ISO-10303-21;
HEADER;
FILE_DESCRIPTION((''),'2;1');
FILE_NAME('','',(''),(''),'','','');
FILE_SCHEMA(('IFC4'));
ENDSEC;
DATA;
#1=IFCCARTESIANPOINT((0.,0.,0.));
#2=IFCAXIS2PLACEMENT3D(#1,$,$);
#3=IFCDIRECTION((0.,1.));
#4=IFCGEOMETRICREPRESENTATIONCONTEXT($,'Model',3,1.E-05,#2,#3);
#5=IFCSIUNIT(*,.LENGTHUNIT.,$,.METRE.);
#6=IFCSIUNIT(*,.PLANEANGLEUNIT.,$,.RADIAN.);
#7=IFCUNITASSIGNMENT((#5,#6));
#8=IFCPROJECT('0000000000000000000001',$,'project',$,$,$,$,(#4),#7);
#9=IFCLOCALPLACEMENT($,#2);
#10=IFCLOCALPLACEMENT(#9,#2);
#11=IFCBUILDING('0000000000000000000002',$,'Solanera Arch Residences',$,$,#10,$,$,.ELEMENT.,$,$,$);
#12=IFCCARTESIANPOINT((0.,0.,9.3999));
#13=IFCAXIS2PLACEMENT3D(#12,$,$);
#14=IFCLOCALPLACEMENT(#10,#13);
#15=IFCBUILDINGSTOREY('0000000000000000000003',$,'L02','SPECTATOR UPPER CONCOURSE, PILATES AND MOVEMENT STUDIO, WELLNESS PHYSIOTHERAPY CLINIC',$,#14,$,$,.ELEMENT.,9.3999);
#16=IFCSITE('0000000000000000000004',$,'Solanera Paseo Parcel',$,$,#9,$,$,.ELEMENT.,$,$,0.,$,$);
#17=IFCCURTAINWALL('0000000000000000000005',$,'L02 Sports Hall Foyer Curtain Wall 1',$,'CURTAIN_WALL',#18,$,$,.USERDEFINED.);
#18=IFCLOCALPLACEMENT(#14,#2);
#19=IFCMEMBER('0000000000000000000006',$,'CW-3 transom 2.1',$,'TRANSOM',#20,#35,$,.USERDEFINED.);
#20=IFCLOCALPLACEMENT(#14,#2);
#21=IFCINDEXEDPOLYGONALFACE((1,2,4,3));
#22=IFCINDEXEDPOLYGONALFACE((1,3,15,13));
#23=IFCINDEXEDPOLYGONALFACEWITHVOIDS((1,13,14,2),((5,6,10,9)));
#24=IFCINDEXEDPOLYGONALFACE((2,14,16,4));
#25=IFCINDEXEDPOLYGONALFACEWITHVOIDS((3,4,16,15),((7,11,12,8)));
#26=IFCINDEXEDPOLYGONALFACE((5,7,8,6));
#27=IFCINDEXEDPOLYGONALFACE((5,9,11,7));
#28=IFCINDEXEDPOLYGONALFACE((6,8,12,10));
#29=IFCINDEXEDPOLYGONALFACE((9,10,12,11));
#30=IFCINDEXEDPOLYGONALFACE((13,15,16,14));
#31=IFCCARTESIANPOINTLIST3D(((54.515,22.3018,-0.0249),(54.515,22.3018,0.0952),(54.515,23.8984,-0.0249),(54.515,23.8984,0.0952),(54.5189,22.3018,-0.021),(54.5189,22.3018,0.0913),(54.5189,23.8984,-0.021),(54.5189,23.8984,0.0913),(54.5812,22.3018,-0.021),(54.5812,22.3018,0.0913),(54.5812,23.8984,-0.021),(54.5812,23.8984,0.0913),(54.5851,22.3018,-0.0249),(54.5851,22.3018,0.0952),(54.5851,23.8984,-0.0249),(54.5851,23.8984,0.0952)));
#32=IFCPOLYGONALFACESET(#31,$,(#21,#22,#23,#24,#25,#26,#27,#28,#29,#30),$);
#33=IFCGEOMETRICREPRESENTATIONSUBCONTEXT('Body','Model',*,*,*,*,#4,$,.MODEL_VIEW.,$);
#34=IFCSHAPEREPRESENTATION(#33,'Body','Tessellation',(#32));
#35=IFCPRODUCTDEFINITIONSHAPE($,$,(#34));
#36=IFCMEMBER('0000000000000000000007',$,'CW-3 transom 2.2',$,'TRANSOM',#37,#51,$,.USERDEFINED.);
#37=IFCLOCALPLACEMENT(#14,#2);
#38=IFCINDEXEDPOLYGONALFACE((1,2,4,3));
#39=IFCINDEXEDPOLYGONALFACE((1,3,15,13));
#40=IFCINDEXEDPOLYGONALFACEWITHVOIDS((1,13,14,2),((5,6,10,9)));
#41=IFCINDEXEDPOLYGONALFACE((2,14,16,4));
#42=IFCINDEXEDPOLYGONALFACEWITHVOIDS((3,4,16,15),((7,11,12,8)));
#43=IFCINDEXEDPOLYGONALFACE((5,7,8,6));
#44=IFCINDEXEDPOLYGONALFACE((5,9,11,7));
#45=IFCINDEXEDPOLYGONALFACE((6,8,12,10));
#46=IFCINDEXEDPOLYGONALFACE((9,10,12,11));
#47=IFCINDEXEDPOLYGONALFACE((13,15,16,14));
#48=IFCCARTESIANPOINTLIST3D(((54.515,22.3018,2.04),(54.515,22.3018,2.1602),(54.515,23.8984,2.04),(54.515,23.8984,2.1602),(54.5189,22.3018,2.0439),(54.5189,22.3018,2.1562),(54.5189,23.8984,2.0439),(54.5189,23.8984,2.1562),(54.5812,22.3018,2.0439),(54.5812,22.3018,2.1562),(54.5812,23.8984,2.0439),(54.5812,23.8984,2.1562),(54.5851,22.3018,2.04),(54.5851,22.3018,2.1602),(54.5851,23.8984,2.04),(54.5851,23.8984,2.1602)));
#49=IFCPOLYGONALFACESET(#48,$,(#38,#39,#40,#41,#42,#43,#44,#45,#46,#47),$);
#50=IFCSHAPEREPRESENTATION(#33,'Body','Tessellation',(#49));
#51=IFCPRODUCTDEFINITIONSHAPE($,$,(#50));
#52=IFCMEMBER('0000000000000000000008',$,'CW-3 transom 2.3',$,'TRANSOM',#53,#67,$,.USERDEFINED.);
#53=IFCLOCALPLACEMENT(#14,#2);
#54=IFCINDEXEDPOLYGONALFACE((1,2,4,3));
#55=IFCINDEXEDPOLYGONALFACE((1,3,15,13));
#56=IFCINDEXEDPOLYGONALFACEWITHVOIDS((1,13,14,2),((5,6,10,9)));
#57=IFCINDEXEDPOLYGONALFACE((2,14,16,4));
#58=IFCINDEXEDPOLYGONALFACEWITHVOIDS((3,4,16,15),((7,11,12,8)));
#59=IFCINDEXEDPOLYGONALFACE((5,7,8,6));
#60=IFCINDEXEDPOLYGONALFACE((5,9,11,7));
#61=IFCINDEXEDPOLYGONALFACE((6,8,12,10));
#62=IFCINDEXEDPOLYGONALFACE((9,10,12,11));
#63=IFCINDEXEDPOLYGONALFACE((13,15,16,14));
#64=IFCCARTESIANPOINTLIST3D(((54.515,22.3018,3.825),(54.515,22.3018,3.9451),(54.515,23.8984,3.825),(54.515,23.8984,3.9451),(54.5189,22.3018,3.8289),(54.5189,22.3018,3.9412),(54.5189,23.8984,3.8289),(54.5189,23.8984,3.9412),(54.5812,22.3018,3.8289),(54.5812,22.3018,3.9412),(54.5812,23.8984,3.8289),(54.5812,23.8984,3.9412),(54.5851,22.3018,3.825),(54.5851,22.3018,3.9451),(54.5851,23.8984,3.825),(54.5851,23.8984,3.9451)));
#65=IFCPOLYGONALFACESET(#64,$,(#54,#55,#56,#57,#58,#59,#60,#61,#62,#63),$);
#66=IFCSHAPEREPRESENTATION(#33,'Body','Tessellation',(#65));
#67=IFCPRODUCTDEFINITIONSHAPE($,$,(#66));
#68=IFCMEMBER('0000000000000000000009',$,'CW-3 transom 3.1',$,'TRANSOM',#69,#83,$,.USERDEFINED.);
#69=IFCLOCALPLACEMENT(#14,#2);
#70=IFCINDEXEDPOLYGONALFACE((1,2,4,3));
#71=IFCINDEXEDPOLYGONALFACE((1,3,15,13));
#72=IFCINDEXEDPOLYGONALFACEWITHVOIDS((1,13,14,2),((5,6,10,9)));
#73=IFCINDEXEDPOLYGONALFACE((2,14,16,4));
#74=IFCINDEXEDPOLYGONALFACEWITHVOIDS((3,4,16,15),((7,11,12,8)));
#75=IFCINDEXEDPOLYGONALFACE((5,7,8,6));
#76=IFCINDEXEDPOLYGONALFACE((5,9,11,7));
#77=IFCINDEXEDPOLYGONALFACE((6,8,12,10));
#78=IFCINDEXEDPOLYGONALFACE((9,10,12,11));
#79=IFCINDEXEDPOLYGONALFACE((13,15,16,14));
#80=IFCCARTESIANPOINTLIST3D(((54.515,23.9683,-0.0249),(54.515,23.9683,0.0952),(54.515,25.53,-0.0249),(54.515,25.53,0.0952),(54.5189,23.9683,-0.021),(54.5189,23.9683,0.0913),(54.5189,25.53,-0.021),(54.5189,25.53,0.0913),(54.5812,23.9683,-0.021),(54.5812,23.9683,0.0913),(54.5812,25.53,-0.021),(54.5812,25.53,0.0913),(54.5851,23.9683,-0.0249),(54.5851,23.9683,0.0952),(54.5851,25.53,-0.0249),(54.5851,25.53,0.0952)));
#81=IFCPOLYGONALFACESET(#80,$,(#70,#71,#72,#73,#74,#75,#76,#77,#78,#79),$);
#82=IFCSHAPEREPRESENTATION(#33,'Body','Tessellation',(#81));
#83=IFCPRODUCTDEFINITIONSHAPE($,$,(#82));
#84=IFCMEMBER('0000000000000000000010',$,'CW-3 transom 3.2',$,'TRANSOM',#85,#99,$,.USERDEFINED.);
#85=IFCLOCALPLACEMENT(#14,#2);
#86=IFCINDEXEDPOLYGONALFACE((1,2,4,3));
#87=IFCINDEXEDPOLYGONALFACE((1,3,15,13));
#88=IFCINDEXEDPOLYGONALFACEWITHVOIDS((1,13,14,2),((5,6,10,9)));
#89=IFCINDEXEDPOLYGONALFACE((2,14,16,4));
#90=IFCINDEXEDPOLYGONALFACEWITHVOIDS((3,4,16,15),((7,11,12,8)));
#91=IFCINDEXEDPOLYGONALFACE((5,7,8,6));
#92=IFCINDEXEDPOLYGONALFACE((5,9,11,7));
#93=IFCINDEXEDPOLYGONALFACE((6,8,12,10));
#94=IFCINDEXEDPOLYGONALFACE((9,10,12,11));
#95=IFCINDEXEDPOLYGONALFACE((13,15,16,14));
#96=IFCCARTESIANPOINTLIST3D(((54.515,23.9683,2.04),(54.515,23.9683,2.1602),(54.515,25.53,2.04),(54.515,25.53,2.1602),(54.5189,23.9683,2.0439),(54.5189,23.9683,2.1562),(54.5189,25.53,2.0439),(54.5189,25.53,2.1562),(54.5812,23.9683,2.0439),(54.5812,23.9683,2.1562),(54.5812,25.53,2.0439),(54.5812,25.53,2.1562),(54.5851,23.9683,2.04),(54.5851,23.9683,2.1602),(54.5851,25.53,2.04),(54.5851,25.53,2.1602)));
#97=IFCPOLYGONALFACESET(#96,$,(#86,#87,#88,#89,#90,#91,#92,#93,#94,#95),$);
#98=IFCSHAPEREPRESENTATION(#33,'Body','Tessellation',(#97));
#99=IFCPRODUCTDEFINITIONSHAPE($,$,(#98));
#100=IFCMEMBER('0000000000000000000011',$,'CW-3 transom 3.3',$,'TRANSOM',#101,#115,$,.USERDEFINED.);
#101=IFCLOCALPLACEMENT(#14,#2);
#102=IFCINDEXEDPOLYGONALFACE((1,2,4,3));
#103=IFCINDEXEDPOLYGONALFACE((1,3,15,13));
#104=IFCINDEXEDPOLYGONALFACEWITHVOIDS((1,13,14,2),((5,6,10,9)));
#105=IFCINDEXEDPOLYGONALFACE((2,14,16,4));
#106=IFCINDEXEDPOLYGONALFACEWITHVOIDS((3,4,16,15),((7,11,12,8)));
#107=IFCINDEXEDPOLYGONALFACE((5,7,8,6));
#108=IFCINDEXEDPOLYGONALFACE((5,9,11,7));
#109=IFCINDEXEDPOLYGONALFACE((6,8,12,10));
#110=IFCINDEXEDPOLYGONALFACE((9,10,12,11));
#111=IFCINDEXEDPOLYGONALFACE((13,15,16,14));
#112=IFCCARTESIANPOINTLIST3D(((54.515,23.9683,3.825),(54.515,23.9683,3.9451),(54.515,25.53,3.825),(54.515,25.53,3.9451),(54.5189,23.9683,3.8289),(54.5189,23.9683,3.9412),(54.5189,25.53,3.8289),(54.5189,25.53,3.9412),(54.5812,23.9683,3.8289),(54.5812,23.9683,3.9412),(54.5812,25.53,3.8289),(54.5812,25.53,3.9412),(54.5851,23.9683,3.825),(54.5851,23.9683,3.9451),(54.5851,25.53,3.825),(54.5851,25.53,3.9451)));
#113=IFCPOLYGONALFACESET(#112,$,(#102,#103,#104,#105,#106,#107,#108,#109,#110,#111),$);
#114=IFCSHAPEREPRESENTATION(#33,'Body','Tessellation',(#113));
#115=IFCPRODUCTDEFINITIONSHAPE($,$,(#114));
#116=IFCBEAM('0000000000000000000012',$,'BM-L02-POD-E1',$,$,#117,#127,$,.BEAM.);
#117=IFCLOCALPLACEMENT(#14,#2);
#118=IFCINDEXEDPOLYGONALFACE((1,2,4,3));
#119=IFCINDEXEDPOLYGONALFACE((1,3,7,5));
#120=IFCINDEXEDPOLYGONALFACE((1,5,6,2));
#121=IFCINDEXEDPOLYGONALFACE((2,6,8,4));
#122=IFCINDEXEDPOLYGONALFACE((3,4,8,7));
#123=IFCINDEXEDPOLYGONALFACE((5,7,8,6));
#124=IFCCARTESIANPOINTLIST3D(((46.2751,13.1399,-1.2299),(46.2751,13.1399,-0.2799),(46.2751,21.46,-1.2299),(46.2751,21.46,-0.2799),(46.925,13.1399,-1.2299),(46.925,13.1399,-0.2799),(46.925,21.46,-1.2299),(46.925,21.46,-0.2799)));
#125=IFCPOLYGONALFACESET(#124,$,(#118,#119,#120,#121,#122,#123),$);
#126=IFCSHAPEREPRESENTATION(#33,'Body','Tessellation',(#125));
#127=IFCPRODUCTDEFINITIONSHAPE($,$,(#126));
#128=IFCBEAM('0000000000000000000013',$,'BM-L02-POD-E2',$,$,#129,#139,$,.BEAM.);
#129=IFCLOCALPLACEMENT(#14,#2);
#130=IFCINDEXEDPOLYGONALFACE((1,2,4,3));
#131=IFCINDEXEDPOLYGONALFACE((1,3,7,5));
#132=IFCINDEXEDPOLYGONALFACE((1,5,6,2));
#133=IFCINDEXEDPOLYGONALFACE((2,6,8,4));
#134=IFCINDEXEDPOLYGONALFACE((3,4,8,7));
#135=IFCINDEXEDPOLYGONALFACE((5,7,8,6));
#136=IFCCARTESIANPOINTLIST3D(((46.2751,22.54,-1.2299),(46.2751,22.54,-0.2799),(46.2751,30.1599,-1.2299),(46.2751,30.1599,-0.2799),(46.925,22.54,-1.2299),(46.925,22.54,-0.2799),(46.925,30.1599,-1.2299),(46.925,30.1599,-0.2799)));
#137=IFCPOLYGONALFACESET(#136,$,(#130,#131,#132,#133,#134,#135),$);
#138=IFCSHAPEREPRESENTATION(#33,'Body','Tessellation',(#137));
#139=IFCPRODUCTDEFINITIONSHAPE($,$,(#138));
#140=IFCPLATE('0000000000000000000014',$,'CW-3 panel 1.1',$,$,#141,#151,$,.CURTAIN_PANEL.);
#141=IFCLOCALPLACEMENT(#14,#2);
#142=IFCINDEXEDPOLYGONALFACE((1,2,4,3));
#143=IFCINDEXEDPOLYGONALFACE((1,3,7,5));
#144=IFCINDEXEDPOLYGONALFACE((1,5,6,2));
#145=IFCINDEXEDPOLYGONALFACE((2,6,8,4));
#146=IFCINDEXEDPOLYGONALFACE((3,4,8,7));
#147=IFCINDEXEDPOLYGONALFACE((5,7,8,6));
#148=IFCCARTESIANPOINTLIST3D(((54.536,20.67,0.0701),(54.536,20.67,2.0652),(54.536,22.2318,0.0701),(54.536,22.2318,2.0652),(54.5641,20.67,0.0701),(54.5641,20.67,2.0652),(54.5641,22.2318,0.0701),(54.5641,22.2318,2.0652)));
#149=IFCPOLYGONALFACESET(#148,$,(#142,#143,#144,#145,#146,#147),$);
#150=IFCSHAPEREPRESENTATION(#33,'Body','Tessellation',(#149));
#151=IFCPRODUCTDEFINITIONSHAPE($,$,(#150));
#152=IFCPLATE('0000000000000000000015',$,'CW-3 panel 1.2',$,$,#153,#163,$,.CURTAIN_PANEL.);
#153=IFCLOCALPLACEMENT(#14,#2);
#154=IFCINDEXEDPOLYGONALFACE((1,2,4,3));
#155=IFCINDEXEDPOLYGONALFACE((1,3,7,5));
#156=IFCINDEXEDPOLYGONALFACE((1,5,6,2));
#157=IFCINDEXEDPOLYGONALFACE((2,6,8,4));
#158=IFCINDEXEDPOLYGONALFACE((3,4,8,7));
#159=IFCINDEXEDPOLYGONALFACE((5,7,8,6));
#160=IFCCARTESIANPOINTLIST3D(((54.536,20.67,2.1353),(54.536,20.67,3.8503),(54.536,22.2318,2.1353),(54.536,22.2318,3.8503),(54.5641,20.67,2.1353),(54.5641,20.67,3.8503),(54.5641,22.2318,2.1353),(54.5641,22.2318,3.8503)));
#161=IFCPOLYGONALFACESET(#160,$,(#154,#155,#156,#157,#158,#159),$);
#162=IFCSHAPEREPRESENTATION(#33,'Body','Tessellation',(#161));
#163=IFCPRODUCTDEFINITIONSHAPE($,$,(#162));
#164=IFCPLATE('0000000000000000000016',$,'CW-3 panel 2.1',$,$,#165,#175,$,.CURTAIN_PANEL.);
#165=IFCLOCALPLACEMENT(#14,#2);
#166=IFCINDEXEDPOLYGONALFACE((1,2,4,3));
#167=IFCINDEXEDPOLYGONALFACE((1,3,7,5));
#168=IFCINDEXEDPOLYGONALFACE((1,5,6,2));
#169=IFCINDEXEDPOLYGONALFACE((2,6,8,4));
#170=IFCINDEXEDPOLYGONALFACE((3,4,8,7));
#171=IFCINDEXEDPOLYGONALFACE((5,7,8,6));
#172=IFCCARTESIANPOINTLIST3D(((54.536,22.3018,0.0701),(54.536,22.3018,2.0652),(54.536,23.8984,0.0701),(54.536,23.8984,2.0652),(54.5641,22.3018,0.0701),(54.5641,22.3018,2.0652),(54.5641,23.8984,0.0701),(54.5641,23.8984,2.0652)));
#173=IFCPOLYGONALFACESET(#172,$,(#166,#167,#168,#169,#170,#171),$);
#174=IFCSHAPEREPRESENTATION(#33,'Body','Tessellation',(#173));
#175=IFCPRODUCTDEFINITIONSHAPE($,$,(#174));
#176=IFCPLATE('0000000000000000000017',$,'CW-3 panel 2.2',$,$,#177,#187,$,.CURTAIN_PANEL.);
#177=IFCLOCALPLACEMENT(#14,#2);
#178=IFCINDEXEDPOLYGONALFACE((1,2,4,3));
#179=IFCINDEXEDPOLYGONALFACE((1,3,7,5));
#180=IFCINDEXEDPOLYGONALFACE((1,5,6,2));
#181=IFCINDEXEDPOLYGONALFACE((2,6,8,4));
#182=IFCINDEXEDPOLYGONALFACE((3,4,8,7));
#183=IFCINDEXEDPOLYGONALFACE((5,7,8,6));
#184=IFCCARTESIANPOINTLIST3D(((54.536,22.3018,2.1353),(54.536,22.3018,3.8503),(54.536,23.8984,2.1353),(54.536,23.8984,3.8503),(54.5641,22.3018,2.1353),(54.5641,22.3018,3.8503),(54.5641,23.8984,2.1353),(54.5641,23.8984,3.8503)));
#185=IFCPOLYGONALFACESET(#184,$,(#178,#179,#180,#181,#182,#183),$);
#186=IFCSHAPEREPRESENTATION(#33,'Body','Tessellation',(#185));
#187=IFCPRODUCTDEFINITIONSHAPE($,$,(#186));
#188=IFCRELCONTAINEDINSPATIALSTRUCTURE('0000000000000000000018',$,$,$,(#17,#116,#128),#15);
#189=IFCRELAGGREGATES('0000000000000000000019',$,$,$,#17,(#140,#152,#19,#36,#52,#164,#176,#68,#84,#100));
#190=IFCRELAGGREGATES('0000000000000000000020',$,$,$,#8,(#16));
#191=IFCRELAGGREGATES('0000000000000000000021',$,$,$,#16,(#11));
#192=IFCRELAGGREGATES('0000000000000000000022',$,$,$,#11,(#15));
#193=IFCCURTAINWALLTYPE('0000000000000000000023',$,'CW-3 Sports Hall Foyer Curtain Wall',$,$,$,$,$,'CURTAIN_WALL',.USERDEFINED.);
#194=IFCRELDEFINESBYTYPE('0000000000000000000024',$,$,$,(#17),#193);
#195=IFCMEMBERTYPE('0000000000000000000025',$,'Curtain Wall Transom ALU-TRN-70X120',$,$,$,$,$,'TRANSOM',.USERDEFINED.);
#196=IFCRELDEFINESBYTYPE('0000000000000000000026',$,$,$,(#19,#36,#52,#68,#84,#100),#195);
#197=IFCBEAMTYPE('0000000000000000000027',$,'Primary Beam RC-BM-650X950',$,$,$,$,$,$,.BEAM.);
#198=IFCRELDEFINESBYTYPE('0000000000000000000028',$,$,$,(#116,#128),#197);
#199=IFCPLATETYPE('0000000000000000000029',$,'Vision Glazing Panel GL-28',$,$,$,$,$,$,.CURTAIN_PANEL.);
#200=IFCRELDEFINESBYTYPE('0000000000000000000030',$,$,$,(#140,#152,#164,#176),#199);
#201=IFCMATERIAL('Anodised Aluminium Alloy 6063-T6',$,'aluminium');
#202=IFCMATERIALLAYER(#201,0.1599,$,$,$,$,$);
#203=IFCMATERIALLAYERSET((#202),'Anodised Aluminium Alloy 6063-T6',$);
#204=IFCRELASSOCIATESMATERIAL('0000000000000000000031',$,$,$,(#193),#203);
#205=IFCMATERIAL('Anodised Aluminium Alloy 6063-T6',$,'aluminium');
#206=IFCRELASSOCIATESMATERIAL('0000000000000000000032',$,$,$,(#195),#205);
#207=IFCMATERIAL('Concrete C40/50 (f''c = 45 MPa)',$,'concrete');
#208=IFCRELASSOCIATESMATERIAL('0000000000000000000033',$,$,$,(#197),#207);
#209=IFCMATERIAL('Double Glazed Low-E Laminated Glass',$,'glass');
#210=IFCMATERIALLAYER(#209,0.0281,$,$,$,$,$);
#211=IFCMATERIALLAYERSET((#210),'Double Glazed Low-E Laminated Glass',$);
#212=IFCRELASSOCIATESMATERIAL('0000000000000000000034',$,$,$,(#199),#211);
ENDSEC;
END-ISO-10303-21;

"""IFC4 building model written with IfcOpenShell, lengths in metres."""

from ifc_helpers import new_model, si_unit, direction, frame, origin, origin_2d, place, context, subcontext, project, spatial, rectangle, hollow_rectangle, extrude, material, layer, layer_set, material_profile, profile_set, type_object, element, aggregate, save


model = new_model("IFC4")

# Units and contexts
model_context = context("Model", 3, precision=1e-05, world=origin(), true_north=direction((0.0, 1.0)))
body_context = subcontext(model_context, "Body", "Model", "MODEL_VIEW")
ifc_project = project(units=[si_unit("LENGTHUNIT", "METRE"), si_unit("PLANEANGLEUNIT", "RADIAN")], contexts=[model_context])

# Site, building, storey
site_placement = place(None, origin())
site = spatial("IfcSite", under=ifc_project, at=site_placement, Name="Solanera Paseo Parcel", CompositionType="ELEMENT", RefElevation=0.0)
building_placement = place(site_placement, origin())
building = spatial("IfcBuilding", under=site, at=building_placement, Name="Solanera Arch Residences", CompositionType="ELEMENT")
storey_placement = place(building_placement, frame((0.0, 0.0, 9.3999)))
storey = spatial("IfcBuildingStorey", under=building, at=storey_placement, Name="L02", Description="SPECTATOR UPPER CONCOURSE, PILATES AND MOVEMENT STUDIO, WELLNESS PHYSIOTHERAPY CLINIC", CompositionType="ELEMENT", Elevation=9.3999)

# Curtain wall, members
ifc_material_1 = material(Name="Anodised Aluminium Alloy 6063-T6", Category="aluminium")
ifc_layer_1 = layer(ifc_material_1, 0.1599)
ifc_layer_set_1 = layer_set([ifc_layer_1], Name="Anodised Aluminium Alloy 6063-T6")
curtain_wall_type = type_object("IfcCurtainWallType", Name="CW-3 Sports Hall Foyer Curtain Wall", ElementType="CURTAIN_WALL", PredefinedType="USERDEFINED", material=ifc_layer_set_1)
curtain_wall_placement = place(storey_placement, origin())
curtain_wall = element("IfcCurtainWall", 1, at=curtain_wall_placement, inside=storey, type_object=curtain_wall_type, Name="L02 Sports Hall Foyer Curtain Wall 1", ObjectType="CURTAIN_WALL", PredefinedType="USERDEFINED")
ifc_material_2 = material(Name="Anodised Aluminium Alloy 6063-T6", Category="aluminium")
ifc_material_profile_1 = material_profile(ifc_material_2, hollow_rectangle(XDim=0.0701, YDim=0.1201, WallThickness=0.0039, at=origin_2d()))
ifc_profile_set_1 = profile_set([ifc_material_profile_1], Name="Anodised Aluminium Alloy 6063-T6")
member_type_1 = type_object("IfcMemberType", Name="Curtain Wall Transom ALU-TRN-70X120", ElementType="TRANSOM", PredefinedType="USERDEFINED", material=ifc_profile_set_1)
member_1_placement = place(storey_placement, frame((54.55, 22.3018, 0.0352), z_axis=(0.0, 1.0, 0.0), x_axis=(-1.0, 0.0, 0.0)))
member_1 = element("IfcMember", 2, at=member_1_placement, type_object=member_type_1, Name="CW-3 transom 2.1", ObjectType="TRANSOM", PredefinedType="USERDEFINED", context=body_context, shape_type="SweptSolid", body=[
    extrude(hollow_rectangle(XDim=0.0701, YDim=0.1201, WallThickness=0.0039, at=origin_2d()), origin(), (0.0, 0.0, 1.0), 1.5967),
])
member_2_placement = place(storey_placement, frame((54.55, 22.3018, 2.1001), z_axis=(0.0, 1.0, 0.0), x_axis=(-1.0, 0.0, 0.0)))
member_2 = element("IfcMember", 3, at=member_2_placement, type_object=member_type_1, Name="CW-3 transom 2.2", ObjectType="TRANSOM", PredefinedType="USERDEFINED", context=body_context, shape_type="SweptSolid", body=[
    extrude(hollow_rectangle(XDim=0.0701, YDim=0.1201, WallThickness=0.0039, at=origin_2d()), origin(), (0.0, 0.0, 1.0), 1.5967),
])
member_3_placement = place(storey_placement, frame((54.55, 22.3018, 3.885), z_axis=(0.0, 1.0, 0.0), x_axis=(-1.0, 0.0, 0.0)))
member_3 = element("IfcMember", 4, at=member_3_placement, type_object=member_type_1, Name="CW-3 transom 2.3", ObjectType="TRANSOM", PredefinedType="USERDEFINED", context=body_context, shape_type="SweptSolid", body=[
    extrude(hollow_rectangle(XDim=0.0701, YDim=0.1201, WallThickness=0.0039, at=origin_2d()), origin(), (0.0, 0.0, 1.0), 1.5967),
])
member_4_placement = place(storey_placement, frame((54.55, 23.9683, 0.0352), z_axis=(0.0, 1.0, 0.0), x_axis=(-1.0, 0.0, 0.0)))
member_4 = element("IfcMember", 5, at=member_4_placement, type_object=member_type_1, Name="CW-3 transom 3.1", ObjectType="TRANSOM", PredefinedType="USERDEFINED", context=body_context, shape_type="SweptSolid", body=[
    extrude(hollow_rectangle(XDim=0.0701, YDim=0.1201, WallThickness=0.0039, at=origin_2d()), origin(), (0.0, 0.0, 1.0), 1.5618),
])
member_5_placement = place(storey_placement, frame((54.55, 23.9683, 2.1001), z_axis=(0.0, 1.0, 0.0), x_axis=(-1.0, 0.0, 0.0)))
member_5 = element("IfcMember", 6, at=member_5_placement, type_object=member_type_1, Name="CW-3 transom 3.2", ObjectType="TRANSOM", PredefinedType="USERDEFINED", context=body_context, shape_type="SweptSolid", body=[
    extrude(hollow_rectangle(XDim=0.0701, YDim=0.1201, WallThickness=0.0039, at=origin_2d()), origin(), (0.0, 0.0, 1.0), 1.5618),
])
member_6_placement = place(storey_placement, frame((54.55, 23.9683, 3.885), z_axis=(0.0, 1.0, 0.0), x_axis=(-1.0, 0.0, 0.0)))
member_6 = element("IfcMember", 7, at=member_6_placement, type_object=member_type_1, Name="CW-3 transom 3.3", ObjectType="TRANSOM", PredefinedType="USERDEFINED", context=body_context, shape_type="SweptSolid", body=[
    extrude(hollow_rectangle(XDim=0.0701, YDim=0.1201, WallThickness=0.0039, at=origin_2d()), origin(), (0.0, 0.0, 1.0), 1.5618),
])

# Beams
ifc_material_3 = material(Name="Concrete C40/50 (f'c = 45 MPa)", Category="concrete")
ifc_material_profile_2 = material_profile(ifc_material_3, rectangle(XDim=0.6499, YDim=0.95, at=origin_2d()))
ifc_profile_set_2 = profile_set([ifc_material_profile_2], Name="Concrete C40/50 (f'c = 45 MPa)")
beam_type = type_object("IfcBeamType", Name="Primary Beam RC-BM-650X950", PredefinedType="BEAM", material=ifc_profile_set_2)
beam_1_placement = place(storey_placement, frame((46.6001, 13.1399, -0.7549), z_axis=(0.0, 1.0, 0.0), x_axis=(-1.0, 0.0, 0.0)))
element("IfcBeam", 8, at=beam_1_placement, inside=storey, type_object=beam_type, Name="BM-L02-POD-E1", PredefinedType="BEAM", context=body_context, shape_type="SweptSolid", body=[
    extrude(rectangle(XDim=0.6499, YDim=0.95, at=origin_2d()), origin(), (0.0, 0.0, 1.0), 8.3201),
])
beam_2_placement = place(storey_placement, frame((46.6001, 22.54, -0.7549), z_axis=(0.0, 1.0, 0.0), x_axis=(-1.0, 0.0, 0.0)))
element("IfcBeam", 9, at=beam_2_placement, inside=storey, type_object=beam_type, Name="BM-L02-POD-E2", PredefinedType="BEAM", context=body_context, shape_type="SweptSolid", body=[
    extrude(rectangle(XDim=0.6499, YDim=0.95, at=origin_2d()), origin(), (0.0, 0.0, 1.0), 7.6199),
])

# Plates
ifc_material_4 = material(Name="Double Glazed Low-E Laminated Glass", Category="glass")
ifc_layer_2 = layer(ifc_material_4, 0.0281)
ifc_layer_set_2 = layer_set([ifc_layer_2], Name="Double Glazed Low-E Laminated Glass")
plate_type = type_object("IfcPlateType", Name="Vision Glazing Panel GL-28", PredefinedType="CURTAIN_PANEL", material=ifc_layer_set_2)
plate_1_placement = place(storey_placement, frame((54.55, 21.4509, 0.0701), z_axis=(0.0, 0.0, 1.0), x_axis=(0.0, 1.0, 0.0)))
plate_1 = element("IfcPlate", 10, at=plate_1_placement, type_object=plate_type, Name="CW-3 panel 1.1", PredefinedType="CURTAIN_PANEL", context=body_context, shape_type="SweptSolid", body=[
    extrude(rectangle(XDim=1.5618, YDim=0.0281, at=origin_2d()), origin(), (0.0, 0.0, 1.0), 1.9951),
])
plate_2_placement = place(storey_placement, frame((54.55, 21.4509, 2.1353), z_axis=(0.0, 0.0, 1.0), x_axis=(0.0, 1.0, 0.0)))
plate_2 = element("IfcPlate", 11, at=plate_2_placement, type_object=plate_type, Name="CW-3 panel 1.2", PredefinedType="CURTAIN_PANEL", context=body_context, shape_type="SweptSolid", body=[
    extrude(rectangle(XDim=1.5618, YDim=0.0281, at=origin_2d()), origin(), (0.0, 0.0, 1.0), 1.7151),
])
plate_3_placement = place(storey_placement, frame((54.55, 23.1001, 0.0701), z_axis=(0.0, 0.0, 1.0), x_axis=(0.0, 1.0, 0.0)))
plate_3 = element("IfcPlate", 12, at=plate_3_placement, type_object=plate_type, Name="CW-3 panel 2.1", PredefinedType="CURTAIN_PANEL", context=body_context, shape_type="SweptSolid", body=[
    extrude(rectangle(XDim=1.5967, YDim=0.0281, at=origin_2d()), origin(), (0.0, 0.0, 1.0), 1.9951),
])
plate_4_placement = place(storey_placement, frame((54.55, 23.1001, 2.1353), z_axis=(0.0, 0.0, 1.0), x_axis=(0.0, 1.0, 0.0)))
plate_4 = element("IfcPlate", 13, at=plate_4_placement, type_object=plate_type, Name="CW-3 panel 2.2", PredefinedType="CURTAIN_PANEL", context=body_context, shape_type="SweptSolid", body=[
    extrude(rectangle(XDim=1.5967, YDim=0.0281, at=origin_2d()), origin(), (0.0, 0.0, 1.0), 1.7151),
])
aggregate(curtain_wall, [plate_1, plate_2, member_1, member_2, member_3, plate_3, plate_4, member_4, member_5, member_6])

save(model, "model.ifc")
